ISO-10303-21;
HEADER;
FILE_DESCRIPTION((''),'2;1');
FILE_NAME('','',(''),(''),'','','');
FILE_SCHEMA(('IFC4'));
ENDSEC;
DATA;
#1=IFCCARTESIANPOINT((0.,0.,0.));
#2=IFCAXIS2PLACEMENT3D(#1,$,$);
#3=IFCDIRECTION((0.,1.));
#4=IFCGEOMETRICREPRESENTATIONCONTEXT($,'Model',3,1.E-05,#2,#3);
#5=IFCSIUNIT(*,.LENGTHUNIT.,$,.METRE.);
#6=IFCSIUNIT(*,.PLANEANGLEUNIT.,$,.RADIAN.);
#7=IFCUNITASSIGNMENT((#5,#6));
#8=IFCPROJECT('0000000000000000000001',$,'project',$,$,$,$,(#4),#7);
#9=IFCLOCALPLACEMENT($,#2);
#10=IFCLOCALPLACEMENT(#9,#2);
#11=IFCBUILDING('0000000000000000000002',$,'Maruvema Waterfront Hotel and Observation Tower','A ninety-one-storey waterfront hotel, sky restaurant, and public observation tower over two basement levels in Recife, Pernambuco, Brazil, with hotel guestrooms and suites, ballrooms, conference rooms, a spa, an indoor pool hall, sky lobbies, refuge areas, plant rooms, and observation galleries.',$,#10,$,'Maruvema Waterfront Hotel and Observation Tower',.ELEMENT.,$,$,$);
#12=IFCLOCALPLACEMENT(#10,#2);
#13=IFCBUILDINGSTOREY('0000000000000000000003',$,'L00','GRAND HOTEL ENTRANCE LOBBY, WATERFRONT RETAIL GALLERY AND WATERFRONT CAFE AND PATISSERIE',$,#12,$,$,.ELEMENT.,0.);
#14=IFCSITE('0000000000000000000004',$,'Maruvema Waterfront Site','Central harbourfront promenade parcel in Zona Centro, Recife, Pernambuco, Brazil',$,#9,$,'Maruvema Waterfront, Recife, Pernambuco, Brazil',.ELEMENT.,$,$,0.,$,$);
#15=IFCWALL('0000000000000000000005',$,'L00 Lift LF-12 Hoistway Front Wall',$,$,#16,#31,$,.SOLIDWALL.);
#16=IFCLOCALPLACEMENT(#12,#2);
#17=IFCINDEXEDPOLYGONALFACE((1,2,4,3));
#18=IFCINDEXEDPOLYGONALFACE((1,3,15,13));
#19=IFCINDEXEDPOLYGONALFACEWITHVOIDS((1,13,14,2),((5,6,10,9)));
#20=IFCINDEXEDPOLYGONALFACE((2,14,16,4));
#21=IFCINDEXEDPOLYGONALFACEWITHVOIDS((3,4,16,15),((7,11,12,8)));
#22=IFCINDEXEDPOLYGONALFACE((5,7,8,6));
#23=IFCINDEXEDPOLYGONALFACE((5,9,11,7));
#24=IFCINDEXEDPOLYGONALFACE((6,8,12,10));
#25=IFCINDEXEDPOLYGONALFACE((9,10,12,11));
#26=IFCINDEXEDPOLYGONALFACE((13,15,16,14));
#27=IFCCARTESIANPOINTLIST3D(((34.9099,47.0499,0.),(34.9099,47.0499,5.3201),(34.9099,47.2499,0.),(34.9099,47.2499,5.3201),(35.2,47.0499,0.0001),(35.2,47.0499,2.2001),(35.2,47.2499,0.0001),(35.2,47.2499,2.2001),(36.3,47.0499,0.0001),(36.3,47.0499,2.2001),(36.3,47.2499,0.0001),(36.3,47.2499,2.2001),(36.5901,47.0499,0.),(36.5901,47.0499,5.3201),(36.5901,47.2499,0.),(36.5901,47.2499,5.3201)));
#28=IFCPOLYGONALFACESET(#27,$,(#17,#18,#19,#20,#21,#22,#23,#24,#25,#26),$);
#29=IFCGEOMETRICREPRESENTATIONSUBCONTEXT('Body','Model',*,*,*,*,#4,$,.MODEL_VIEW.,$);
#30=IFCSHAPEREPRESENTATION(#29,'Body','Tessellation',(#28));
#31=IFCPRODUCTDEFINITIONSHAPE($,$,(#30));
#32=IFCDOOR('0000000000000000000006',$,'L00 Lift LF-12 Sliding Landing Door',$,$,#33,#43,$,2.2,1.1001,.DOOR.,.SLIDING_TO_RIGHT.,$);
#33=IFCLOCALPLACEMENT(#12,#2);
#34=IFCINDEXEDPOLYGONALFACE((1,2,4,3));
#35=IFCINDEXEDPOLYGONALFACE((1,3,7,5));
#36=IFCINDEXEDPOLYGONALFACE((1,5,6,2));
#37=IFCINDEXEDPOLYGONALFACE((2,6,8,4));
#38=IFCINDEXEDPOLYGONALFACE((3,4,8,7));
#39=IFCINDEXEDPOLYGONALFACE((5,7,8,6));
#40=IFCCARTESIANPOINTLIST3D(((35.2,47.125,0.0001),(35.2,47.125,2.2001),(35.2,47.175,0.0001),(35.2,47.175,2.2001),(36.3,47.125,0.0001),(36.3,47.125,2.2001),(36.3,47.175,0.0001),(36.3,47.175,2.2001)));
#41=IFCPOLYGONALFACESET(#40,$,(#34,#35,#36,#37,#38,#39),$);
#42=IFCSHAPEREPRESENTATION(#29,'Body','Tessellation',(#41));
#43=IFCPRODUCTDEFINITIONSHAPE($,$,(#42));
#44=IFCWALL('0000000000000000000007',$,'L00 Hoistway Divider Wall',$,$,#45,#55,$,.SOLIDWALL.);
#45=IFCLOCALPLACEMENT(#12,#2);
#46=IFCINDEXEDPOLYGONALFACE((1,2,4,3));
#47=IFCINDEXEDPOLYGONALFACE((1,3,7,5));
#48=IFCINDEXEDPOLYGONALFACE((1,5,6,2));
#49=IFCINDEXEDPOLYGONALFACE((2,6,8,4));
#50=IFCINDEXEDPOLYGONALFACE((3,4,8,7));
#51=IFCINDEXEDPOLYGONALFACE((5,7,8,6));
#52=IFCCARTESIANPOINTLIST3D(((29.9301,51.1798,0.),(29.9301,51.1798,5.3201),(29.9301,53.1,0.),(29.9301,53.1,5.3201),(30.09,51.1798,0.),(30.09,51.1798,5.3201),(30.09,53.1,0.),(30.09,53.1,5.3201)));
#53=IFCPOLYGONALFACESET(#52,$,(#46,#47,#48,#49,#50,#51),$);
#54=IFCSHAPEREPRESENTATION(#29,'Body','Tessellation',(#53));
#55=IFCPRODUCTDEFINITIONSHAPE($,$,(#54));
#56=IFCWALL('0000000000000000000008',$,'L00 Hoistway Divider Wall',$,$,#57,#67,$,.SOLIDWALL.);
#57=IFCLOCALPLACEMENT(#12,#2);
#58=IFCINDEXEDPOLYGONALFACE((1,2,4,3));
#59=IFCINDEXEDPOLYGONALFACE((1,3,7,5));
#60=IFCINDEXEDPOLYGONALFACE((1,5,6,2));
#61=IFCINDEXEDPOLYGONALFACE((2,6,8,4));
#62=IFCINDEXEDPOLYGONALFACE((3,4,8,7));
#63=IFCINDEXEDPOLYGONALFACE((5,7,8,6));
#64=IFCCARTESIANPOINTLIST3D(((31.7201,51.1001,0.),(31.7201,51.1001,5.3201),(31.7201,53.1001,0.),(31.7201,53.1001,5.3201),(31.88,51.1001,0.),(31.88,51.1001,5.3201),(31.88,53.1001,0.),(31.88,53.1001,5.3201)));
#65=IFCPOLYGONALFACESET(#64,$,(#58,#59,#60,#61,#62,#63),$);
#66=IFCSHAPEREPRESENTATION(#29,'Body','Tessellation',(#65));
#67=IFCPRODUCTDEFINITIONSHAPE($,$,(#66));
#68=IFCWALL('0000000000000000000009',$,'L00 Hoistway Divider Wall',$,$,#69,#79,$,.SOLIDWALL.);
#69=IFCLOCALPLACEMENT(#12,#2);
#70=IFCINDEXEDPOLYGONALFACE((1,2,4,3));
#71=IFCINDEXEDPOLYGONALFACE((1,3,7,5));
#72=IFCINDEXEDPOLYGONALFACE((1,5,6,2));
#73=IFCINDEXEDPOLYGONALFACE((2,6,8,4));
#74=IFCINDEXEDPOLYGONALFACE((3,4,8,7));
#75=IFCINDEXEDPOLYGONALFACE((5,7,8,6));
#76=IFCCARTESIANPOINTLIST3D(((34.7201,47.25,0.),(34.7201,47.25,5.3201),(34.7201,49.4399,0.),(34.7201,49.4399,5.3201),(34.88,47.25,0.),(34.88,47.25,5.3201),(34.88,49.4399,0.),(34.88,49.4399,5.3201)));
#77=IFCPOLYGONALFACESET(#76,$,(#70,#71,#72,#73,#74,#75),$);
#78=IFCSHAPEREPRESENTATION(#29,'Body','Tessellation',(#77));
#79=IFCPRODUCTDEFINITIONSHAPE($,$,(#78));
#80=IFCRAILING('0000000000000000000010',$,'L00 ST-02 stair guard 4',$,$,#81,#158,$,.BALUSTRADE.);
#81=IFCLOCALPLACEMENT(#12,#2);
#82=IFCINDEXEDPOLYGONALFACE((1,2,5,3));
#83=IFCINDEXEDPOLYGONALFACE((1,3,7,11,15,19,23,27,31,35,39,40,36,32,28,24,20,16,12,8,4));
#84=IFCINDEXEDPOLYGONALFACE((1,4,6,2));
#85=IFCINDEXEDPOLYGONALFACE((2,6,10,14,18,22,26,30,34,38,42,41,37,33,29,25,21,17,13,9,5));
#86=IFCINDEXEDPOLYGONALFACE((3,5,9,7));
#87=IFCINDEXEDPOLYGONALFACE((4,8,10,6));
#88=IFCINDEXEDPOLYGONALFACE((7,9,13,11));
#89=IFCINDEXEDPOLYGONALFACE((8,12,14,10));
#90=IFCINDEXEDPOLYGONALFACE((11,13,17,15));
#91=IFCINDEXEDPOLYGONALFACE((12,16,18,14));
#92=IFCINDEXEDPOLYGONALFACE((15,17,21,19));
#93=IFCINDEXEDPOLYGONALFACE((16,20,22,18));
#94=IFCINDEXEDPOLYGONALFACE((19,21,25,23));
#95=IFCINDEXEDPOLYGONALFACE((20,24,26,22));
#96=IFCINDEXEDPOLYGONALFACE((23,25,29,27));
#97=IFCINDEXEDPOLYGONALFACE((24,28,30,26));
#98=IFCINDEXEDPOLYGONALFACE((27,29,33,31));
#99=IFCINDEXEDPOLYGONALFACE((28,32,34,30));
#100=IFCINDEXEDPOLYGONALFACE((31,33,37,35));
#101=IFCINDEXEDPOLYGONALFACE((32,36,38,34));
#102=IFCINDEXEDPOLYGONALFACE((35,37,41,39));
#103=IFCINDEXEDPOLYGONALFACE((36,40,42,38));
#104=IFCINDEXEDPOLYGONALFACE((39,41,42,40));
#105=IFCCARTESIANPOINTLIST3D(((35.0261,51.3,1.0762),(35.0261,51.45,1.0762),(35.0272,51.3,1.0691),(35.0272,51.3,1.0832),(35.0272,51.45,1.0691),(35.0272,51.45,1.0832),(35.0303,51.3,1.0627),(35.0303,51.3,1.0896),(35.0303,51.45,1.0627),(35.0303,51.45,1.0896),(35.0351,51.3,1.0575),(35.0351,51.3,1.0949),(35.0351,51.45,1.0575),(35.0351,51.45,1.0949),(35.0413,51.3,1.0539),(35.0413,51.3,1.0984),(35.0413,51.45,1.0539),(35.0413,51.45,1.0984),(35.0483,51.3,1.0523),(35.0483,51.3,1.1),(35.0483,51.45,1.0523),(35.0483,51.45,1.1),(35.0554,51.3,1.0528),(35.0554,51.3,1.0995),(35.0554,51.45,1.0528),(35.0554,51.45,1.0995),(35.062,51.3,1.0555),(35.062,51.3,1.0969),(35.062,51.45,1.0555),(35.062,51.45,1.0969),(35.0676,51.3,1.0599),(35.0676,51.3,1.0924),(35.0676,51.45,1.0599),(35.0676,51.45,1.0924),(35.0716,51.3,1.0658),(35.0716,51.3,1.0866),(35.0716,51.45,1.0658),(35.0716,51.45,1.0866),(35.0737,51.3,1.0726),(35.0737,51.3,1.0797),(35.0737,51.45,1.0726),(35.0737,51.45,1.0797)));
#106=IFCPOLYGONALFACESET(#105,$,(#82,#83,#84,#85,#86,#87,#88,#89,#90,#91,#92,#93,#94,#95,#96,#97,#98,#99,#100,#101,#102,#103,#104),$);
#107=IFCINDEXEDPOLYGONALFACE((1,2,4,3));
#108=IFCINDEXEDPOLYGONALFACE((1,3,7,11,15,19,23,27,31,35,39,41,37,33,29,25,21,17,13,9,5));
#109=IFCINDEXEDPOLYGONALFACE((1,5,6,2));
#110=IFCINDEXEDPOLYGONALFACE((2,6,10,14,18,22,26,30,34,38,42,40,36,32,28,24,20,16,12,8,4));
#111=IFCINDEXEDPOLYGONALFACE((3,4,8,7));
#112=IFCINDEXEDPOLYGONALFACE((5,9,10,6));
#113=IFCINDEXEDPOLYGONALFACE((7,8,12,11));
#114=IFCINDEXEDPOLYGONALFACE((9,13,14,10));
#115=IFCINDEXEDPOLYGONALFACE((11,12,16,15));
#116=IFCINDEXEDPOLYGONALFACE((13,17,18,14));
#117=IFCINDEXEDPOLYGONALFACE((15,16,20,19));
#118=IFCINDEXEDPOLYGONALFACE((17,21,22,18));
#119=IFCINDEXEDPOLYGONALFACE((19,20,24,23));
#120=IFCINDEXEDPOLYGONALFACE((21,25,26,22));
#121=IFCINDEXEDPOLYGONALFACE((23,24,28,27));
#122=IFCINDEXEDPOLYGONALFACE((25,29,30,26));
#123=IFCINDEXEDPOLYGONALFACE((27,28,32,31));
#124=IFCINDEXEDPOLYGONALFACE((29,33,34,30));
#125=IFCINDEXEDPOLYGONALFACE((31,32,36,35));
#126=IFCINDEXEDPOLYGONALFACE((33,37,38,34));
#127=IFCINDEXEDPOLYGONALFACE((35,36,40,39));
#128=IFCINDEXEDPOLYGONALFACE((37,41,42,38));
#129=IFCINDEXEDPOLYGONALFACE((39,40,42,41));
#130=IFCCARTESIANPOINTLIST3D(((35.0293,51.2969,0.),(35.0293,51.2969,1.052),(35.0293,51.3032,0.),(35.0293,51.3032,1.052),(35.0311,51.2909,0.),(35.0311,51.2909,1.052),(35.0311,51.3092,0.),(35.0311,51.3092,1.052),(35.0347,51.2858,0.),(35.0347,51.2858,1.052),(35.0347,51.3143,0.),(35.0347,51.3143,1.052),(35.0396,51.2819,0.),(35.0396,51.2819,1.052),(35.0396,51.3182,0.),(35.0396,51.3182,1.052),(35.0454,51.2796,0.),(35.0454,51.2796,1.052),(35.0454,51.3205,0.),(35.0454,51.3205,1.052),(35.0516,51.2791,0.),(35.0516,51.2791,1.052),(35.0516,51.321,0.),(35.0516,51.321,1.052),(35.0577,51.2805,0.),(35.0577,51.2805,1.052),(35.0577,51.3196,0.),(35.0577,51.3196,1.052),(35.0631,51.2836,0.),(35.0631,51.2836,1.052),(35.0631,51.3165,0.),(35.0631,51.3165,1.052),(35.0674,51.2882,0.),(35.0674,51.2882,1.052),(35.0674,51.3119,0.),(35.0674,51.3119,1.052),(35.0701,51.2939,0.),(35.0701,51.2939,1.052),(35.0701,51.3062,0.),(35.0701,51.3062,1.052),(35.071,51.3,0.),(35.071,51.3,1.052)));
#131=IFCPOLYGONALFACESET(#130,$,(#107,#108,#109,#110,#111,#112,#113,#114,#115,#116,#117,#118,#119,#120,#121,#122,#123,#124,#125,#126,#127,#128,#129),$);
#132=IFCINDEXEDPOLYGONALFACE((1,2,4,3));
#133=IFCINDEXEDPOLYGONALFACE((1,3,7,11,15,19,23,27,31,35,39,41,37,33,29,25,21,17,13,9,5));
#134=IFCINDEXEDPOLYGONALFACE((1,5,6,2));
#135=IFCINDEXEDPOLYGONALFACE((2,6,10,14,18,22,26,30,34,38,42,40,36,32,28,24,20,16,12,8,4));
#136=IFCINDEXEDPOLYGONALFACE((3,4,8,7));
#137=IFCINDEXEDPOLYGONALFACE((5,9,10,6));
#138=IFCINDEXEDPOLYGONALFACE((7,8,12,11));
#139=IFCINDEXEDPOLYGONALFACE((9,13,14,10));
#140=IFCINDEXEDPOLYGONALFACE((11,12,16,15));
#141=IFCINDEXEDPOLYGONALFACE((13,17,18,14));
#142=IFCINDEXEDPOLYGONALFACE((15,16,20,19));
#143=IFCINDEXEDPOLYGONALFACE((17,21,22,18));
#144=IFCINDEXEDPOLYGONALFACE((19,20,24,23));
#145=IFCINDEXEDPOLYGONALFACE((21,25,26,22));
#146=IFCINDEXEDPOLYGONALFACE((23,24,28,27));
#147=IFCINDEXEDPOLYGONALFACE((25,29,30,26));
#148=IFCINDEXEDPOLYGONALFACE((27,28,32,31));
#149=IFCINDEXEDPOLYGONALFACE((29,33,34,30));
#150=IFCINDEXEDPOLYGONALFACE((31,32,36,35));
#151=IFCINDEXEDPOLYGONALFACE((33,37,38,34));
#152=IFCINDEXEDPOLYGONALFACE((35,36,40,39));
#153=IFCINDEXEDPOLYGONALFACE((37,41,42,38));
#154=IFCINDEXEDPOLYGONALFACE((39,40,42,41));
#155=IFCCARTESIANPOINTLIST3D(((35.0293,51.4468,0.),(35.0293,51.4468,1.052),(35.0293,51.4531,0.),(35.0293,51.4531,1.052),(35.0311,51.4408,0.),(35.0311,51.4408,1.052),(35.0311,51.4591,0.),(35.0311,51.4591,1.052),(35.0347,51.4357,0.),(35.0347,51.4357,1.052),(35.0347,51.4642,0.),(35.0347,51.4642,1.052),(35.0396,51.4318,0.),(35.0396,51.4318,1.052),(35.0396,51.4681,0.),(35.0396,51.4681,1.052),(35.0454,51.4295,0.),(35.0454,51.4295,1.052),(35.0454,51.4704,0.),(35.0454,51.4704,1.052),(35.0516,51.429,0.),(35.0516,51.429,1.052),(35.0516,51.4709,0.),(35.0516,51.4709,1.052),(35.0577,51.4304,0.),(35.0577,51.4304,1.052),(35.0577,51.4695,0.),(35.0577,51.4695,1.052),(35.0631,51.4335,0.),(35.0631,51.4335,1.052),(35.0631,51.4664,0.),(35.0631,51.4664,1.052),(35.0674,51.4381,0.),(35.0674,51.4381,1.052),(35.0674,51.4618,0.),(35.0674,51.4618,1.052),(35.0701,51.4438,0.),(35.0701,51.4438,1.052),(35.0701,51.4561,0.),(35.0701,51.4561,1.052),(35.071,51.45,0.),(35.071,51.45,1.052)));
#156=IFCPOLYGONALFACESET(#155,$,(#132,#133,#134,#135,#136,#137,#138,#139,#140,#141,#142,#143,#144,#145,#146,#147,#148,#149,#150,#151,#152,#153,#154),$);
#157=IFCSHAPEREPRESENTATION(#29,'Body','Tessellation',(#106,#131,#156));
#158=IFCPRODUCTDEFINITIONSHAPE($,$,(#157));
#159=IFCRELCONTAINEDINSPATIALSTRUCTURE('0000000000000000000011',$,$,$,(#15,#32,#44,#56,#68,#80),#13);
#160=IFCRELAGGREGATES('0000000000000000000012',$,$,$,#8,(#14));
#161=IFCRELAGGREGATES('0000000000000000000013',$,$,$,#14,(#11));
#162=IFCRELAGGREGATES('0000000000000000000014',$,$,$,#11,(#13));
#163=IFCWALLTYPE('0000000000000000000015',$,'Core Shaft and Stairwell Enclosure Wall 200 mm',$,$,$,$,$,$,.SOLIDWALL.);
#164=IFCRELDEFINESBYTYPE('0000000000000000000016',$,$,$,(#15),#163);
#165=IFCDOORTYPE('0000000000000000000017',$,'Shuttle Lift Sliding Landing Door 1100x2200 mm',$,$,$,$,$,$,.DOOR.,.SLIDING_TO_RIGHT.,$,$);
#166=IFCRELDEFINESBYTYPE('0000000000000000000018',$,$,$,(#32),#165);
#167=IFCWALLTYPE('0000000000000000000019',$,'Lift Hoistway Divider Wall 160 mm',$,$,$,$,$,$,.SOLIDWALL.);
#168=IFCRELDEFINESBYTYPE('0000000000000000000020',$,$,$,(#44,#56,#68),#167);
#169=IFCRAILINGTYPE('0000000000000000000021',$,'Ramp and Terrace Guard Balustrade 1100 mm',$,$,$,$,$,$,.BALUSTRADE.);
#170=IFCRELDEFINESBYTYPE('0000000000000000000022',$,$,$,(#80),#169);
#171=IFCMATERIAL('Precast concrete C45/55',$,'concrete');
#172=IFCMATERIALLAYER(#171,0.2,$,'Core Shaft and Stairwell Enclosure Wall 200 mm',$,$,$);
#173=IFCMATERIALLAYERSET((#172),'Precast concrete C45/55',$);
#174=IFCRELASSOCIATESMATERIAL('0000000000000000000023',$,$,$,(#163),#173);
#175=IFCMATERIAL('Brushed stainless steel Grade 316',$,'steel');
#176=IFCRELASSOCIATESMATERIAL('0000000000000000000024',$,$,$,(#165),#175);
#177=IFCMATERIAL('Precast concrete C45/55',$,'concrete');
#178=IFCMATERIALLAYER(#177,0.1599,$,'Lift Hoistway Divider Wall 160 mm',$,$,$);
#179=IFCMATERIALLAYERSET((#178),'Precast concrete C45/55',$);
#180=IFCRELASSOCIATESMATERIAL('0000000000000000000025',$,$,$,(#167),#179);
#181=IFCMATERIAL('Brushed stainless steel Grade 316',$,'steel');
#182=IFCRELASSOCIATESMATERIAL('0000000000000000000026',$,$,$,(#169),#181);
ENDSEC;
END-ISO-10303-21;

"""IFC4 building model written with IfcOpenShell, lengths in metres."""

from ifc_helpers import new_model, si_unit, direction, frame, frame_2d, origin, origin_2d, place, context, subcontext, project, spatial, rectangle, circle, extrude, material, layer, layer_set, type_object, element, fill, save


model = new_model("IFC4")

# Units and contexts
model_context = context("Model", 3, precision=1e-05, world=origin(), true_north=direction((0.0, 1.0)))
body_context = subcontext(model_context, "Body", "Model", "MODEL_VIEW")
ifc_project = project(units=[si_unit("LENGTHUNIT", "METRE"), si_unit("PLANEANGLEUNIT", "RADIAN")], contexts=[model_context])

# Site, building, storey
site_placement = place(None, origin())
site = spatial("IfcSite", under=ifc_project, at=site_placement, Name="Maruvema Waterfront Site", Description="Central harbourfront promenade parcel in Zona Centro, Recife, Pernambuco, Brazil", LongName="Maruvema Waterfront, Recife, Pernambuco, Brazil", CompositionType="ELEMENT", RefElevation=0.0)
building_placement = place(site_placement, origin())
building = spatial("IfcBuilding", under=site, at=building_placement, Name="Maruvema Waterfront Hotel and Observation Tower", Description="A ninety-one-storey waterfront hotel, sky restaurant, and public observation tower over two basement levels in Recife, Pernambuco, Brazil, with hotel guestrooms and suites, ballrooms, conference rooms, a spa, an indoor pool hall, sky lobbies, refuge areas, plant rooms, and observation galleries.", LongName="Maruvema Waterfront Hotel and Observation Tower", CompositionType="ELEMENT")
storey_placement = place(building_placement, origin())
storey = spatial("IfcBuildingStorey", under=building, at=storey_placement, Name="L00", Description="GRAND HOTEL ENTRANCE LOBBY, WATERFRONT RETAIL GALLERY AND WATERFRONT CAFE AND PATISSERIE", CompositionType="ELEMENT", Elevation=0.0)

# Shared definitions
ifc_material_1 = material(Name="Precast concrete C45/55", Category="concrete")
ifc_layer_1 = layer(ifc_material_1, 0.2, Name="Core Shaft and Stairwell Enclosure Wall 200 mm")
ifc_layer_set_1 = layer_set([ifc_layer_1], Name="Precast concrete C45/55")
wall_type_1 = type_object("IfcWallType", Name="Core Shaft and Stairwell Enclosure Wall 200 mm", PredefinedType="SOLIDWALL", material=ifc_layer_set_1)

# Wall, opening, door
wall_1_placement = place(storey_placement, frame((34.9099, 47.1499, 0.0), z_axis=(0.0, 0.0, 1.0), x_axis=(1.0, 0.0, 0.0)))
wall_1 = element("IfcWall", 1, at=wall_1_placement, inside=storey, type_object=wall_type_1, Name="L00 Lift LF-12 Hoistway Front Wall", PredefinedType="SOLIDWALL", context=body_context, shape_type="SweptSolid", body=[
    extrude(rectangle(XDim=1.6802, YDim=0.2, at=frame_2d((0.8401, 0.0))), origin(), (0.0, 0.0, 1.0), 5.3201),
])
opening_1_placement = place(wall_1_placement, frame((0.29, 0.0, 0.0)))
opening_1 = element("IfcOpeningElement", 2, at=opening_1_placement, cuts=wall_1, PredefinedType="OPENING", context=body_context, shape_type="SweptSolid", body=[
    extrude(rectangle(XDim=1.1001, YDim=2.2, at=frame_2d((0.55, 1.1001))), frame((0.0, 0.1099, 0.0), z_axis=(0.0, -1.0, 0.0), x_axis=(1.0, 0.0, 0.0)), (0.0, 0.0, 1.0), 0.22),
])
ifc_material_2 = material(Name="Brushed stainless steel Grade 316", Category="steel")
door_type_1 = type_object("IfcDoorType", Name="Shuttle Lift Sliding Landing Door 1100x2200 mm", OperationType="SLIDING_TO_RIGHT", PredefinedType="DOOR", material=ifc_material_2)
door_1_placement = place(opening_1_placement, frame((1.1001, 0.0, 0.0), z_axis=(0.0, 0.0, 1.0), x_axis=(-1.0, 0.0, 0.0)))
door_1 = element("IfcDoor", 3, at=door_1_placement, inside=storey, type_object=door_type_1, Name="L00 Lift LF-12 Sliding Landing Door", OperationType="SLIDING_TO_RIGHT", OverallHeight=2.2, OverallWidth=1.1001, PredefinedType="DOOR", context=body_context, shape_type="SweptSolid", body=[
    extrude(rectangle(XDim=1.1001, YDim=2.2, at=frame_2d((0.55, 1.1001))), frame((0.0, 0.0249, 0.0), z_axis=(0.0, -1.0, 0.0), x_axis=(1.0, 0.0, 0.0)), (0.0, 0.0, 1.0), 0.05),
])
fill(opening_1, door_1)

# Walls
ifc_material_3 = material(Name="Precast concrete C45/55", Category="concrete")
ifc_layer_2 = layer(ifc_material_3, 0.1599, Name="Lift Hoistway Divider Wall 160 mm")
ifc_layer_set_2 = layer_set([ifc_layer_2], Name="Precast concrete C45/55")
wall_type_2 = type_object("IfcWallType", Name="Lift Hoistway Divider Wall 160 mm", PredefinedType="SOLIDWALL", material=ifc_layer_set_2)
wall_2_placement = place(storey_placement, frame((30.01, 51.1799, 0.0), z_axis=(0.0, 0.0, 1.0), x_axis=(0.0, 1.0, 0.0)))
element("IfcWall", 4, at=wall_2_placement, inside=storey, type_object=wall_type_2, Name="L00 Hoistway Divider Wall", PredefinedType="SOLIDWALL", context=body_context, shape_type="SweptSolid", body=[
    extrude(rectangle(XDim=1.9202, YDim=0.1599, at=frame_2d((0.96, 0.0))), origin(), (0.0, 0.0, 1.0), 5.3201),
])
wall_3_placement = place(storey_placement, frame((31.8, 51.1001, 0.0), z_axis=(0.0, 0.0, 1.0), x_axis=(0.0, 1.0, 0.0)))
element("IfcWall", 5, at=wall_3_placement, inside=storey, type_object=wall_type_2, Name="L00 Hoistway Divider Wall", PredefinedType="SOLIDWALL", context=body_context, shape_type="SweptSolid", body=[
    extrude(rectangle(XDim=2.0, YDim=0.1599, at=frame_2d((1.0, 0.0))), origin(), (0.0, 0.0, 1.0), 5.3201),
])
wall_4_placement = place(storey_placement, frame((34.8, 47.25, 0.0), z_axis=(0.0, 0.0, 1.0), x_axis=(0.0, 1.0, 0.0)))
element("IfcWall", 6, at=wall_4_placement, inside=storey, type_object=wall_type_2, Name="L00 Hoistway Divider Wall", PredefinedType="SOLIDWALL", context=body_context, shape_type="SweptSolid", body=[
    extrude(rectangle(XDim=2.1899, YDim=0.1599, at=frame_2d((1.095, 0.0))), origin(), (0.0, 0.0, 1.0), 5.3201),
])

# Railing
ifc_material_4 = material(Name="Brushed stainless steel Grade 316", Category="steel")
railing_type = type_object("IfcRailingType", Name="Ramp and Terrace Guard Balustrade 1100 mm", PredefinedType="BALUSTRADE", material=ifc_material_4)
railing_placement = place(storey_placement, frame((35.05, 51.3, 0.0)))
element("IfcRailing", 7, at=railing_placement, inside=storey, type_object=railing_type, Name="L00 ST-02 stair guard 4", PredefinedType="BALUSTRADE", context=body_context, shape_type="SweptSolid", body=[
    extrude(circle(Radius=0.0239, at=origin_2d()), frame((0.0, 0.0, 1.0762), z_axis=(0.0, 1.0, 0.0), x_axis=(-1.0, 0.0, 0.0)), (0.0, 0.0, 1.0), 0.1499),
    extrude(circle(Radius=0.021, at=origin_2d()), origin(), (0.0, 0.0, 1.0), 1.052),
    extrude(circle(Radius=0.021, at=origin_2d()), frame((0.0, 0.1499, 0.0)), (0.0, 0.0, 1.0), 1.052),
])

save(model, "model.ifc")
